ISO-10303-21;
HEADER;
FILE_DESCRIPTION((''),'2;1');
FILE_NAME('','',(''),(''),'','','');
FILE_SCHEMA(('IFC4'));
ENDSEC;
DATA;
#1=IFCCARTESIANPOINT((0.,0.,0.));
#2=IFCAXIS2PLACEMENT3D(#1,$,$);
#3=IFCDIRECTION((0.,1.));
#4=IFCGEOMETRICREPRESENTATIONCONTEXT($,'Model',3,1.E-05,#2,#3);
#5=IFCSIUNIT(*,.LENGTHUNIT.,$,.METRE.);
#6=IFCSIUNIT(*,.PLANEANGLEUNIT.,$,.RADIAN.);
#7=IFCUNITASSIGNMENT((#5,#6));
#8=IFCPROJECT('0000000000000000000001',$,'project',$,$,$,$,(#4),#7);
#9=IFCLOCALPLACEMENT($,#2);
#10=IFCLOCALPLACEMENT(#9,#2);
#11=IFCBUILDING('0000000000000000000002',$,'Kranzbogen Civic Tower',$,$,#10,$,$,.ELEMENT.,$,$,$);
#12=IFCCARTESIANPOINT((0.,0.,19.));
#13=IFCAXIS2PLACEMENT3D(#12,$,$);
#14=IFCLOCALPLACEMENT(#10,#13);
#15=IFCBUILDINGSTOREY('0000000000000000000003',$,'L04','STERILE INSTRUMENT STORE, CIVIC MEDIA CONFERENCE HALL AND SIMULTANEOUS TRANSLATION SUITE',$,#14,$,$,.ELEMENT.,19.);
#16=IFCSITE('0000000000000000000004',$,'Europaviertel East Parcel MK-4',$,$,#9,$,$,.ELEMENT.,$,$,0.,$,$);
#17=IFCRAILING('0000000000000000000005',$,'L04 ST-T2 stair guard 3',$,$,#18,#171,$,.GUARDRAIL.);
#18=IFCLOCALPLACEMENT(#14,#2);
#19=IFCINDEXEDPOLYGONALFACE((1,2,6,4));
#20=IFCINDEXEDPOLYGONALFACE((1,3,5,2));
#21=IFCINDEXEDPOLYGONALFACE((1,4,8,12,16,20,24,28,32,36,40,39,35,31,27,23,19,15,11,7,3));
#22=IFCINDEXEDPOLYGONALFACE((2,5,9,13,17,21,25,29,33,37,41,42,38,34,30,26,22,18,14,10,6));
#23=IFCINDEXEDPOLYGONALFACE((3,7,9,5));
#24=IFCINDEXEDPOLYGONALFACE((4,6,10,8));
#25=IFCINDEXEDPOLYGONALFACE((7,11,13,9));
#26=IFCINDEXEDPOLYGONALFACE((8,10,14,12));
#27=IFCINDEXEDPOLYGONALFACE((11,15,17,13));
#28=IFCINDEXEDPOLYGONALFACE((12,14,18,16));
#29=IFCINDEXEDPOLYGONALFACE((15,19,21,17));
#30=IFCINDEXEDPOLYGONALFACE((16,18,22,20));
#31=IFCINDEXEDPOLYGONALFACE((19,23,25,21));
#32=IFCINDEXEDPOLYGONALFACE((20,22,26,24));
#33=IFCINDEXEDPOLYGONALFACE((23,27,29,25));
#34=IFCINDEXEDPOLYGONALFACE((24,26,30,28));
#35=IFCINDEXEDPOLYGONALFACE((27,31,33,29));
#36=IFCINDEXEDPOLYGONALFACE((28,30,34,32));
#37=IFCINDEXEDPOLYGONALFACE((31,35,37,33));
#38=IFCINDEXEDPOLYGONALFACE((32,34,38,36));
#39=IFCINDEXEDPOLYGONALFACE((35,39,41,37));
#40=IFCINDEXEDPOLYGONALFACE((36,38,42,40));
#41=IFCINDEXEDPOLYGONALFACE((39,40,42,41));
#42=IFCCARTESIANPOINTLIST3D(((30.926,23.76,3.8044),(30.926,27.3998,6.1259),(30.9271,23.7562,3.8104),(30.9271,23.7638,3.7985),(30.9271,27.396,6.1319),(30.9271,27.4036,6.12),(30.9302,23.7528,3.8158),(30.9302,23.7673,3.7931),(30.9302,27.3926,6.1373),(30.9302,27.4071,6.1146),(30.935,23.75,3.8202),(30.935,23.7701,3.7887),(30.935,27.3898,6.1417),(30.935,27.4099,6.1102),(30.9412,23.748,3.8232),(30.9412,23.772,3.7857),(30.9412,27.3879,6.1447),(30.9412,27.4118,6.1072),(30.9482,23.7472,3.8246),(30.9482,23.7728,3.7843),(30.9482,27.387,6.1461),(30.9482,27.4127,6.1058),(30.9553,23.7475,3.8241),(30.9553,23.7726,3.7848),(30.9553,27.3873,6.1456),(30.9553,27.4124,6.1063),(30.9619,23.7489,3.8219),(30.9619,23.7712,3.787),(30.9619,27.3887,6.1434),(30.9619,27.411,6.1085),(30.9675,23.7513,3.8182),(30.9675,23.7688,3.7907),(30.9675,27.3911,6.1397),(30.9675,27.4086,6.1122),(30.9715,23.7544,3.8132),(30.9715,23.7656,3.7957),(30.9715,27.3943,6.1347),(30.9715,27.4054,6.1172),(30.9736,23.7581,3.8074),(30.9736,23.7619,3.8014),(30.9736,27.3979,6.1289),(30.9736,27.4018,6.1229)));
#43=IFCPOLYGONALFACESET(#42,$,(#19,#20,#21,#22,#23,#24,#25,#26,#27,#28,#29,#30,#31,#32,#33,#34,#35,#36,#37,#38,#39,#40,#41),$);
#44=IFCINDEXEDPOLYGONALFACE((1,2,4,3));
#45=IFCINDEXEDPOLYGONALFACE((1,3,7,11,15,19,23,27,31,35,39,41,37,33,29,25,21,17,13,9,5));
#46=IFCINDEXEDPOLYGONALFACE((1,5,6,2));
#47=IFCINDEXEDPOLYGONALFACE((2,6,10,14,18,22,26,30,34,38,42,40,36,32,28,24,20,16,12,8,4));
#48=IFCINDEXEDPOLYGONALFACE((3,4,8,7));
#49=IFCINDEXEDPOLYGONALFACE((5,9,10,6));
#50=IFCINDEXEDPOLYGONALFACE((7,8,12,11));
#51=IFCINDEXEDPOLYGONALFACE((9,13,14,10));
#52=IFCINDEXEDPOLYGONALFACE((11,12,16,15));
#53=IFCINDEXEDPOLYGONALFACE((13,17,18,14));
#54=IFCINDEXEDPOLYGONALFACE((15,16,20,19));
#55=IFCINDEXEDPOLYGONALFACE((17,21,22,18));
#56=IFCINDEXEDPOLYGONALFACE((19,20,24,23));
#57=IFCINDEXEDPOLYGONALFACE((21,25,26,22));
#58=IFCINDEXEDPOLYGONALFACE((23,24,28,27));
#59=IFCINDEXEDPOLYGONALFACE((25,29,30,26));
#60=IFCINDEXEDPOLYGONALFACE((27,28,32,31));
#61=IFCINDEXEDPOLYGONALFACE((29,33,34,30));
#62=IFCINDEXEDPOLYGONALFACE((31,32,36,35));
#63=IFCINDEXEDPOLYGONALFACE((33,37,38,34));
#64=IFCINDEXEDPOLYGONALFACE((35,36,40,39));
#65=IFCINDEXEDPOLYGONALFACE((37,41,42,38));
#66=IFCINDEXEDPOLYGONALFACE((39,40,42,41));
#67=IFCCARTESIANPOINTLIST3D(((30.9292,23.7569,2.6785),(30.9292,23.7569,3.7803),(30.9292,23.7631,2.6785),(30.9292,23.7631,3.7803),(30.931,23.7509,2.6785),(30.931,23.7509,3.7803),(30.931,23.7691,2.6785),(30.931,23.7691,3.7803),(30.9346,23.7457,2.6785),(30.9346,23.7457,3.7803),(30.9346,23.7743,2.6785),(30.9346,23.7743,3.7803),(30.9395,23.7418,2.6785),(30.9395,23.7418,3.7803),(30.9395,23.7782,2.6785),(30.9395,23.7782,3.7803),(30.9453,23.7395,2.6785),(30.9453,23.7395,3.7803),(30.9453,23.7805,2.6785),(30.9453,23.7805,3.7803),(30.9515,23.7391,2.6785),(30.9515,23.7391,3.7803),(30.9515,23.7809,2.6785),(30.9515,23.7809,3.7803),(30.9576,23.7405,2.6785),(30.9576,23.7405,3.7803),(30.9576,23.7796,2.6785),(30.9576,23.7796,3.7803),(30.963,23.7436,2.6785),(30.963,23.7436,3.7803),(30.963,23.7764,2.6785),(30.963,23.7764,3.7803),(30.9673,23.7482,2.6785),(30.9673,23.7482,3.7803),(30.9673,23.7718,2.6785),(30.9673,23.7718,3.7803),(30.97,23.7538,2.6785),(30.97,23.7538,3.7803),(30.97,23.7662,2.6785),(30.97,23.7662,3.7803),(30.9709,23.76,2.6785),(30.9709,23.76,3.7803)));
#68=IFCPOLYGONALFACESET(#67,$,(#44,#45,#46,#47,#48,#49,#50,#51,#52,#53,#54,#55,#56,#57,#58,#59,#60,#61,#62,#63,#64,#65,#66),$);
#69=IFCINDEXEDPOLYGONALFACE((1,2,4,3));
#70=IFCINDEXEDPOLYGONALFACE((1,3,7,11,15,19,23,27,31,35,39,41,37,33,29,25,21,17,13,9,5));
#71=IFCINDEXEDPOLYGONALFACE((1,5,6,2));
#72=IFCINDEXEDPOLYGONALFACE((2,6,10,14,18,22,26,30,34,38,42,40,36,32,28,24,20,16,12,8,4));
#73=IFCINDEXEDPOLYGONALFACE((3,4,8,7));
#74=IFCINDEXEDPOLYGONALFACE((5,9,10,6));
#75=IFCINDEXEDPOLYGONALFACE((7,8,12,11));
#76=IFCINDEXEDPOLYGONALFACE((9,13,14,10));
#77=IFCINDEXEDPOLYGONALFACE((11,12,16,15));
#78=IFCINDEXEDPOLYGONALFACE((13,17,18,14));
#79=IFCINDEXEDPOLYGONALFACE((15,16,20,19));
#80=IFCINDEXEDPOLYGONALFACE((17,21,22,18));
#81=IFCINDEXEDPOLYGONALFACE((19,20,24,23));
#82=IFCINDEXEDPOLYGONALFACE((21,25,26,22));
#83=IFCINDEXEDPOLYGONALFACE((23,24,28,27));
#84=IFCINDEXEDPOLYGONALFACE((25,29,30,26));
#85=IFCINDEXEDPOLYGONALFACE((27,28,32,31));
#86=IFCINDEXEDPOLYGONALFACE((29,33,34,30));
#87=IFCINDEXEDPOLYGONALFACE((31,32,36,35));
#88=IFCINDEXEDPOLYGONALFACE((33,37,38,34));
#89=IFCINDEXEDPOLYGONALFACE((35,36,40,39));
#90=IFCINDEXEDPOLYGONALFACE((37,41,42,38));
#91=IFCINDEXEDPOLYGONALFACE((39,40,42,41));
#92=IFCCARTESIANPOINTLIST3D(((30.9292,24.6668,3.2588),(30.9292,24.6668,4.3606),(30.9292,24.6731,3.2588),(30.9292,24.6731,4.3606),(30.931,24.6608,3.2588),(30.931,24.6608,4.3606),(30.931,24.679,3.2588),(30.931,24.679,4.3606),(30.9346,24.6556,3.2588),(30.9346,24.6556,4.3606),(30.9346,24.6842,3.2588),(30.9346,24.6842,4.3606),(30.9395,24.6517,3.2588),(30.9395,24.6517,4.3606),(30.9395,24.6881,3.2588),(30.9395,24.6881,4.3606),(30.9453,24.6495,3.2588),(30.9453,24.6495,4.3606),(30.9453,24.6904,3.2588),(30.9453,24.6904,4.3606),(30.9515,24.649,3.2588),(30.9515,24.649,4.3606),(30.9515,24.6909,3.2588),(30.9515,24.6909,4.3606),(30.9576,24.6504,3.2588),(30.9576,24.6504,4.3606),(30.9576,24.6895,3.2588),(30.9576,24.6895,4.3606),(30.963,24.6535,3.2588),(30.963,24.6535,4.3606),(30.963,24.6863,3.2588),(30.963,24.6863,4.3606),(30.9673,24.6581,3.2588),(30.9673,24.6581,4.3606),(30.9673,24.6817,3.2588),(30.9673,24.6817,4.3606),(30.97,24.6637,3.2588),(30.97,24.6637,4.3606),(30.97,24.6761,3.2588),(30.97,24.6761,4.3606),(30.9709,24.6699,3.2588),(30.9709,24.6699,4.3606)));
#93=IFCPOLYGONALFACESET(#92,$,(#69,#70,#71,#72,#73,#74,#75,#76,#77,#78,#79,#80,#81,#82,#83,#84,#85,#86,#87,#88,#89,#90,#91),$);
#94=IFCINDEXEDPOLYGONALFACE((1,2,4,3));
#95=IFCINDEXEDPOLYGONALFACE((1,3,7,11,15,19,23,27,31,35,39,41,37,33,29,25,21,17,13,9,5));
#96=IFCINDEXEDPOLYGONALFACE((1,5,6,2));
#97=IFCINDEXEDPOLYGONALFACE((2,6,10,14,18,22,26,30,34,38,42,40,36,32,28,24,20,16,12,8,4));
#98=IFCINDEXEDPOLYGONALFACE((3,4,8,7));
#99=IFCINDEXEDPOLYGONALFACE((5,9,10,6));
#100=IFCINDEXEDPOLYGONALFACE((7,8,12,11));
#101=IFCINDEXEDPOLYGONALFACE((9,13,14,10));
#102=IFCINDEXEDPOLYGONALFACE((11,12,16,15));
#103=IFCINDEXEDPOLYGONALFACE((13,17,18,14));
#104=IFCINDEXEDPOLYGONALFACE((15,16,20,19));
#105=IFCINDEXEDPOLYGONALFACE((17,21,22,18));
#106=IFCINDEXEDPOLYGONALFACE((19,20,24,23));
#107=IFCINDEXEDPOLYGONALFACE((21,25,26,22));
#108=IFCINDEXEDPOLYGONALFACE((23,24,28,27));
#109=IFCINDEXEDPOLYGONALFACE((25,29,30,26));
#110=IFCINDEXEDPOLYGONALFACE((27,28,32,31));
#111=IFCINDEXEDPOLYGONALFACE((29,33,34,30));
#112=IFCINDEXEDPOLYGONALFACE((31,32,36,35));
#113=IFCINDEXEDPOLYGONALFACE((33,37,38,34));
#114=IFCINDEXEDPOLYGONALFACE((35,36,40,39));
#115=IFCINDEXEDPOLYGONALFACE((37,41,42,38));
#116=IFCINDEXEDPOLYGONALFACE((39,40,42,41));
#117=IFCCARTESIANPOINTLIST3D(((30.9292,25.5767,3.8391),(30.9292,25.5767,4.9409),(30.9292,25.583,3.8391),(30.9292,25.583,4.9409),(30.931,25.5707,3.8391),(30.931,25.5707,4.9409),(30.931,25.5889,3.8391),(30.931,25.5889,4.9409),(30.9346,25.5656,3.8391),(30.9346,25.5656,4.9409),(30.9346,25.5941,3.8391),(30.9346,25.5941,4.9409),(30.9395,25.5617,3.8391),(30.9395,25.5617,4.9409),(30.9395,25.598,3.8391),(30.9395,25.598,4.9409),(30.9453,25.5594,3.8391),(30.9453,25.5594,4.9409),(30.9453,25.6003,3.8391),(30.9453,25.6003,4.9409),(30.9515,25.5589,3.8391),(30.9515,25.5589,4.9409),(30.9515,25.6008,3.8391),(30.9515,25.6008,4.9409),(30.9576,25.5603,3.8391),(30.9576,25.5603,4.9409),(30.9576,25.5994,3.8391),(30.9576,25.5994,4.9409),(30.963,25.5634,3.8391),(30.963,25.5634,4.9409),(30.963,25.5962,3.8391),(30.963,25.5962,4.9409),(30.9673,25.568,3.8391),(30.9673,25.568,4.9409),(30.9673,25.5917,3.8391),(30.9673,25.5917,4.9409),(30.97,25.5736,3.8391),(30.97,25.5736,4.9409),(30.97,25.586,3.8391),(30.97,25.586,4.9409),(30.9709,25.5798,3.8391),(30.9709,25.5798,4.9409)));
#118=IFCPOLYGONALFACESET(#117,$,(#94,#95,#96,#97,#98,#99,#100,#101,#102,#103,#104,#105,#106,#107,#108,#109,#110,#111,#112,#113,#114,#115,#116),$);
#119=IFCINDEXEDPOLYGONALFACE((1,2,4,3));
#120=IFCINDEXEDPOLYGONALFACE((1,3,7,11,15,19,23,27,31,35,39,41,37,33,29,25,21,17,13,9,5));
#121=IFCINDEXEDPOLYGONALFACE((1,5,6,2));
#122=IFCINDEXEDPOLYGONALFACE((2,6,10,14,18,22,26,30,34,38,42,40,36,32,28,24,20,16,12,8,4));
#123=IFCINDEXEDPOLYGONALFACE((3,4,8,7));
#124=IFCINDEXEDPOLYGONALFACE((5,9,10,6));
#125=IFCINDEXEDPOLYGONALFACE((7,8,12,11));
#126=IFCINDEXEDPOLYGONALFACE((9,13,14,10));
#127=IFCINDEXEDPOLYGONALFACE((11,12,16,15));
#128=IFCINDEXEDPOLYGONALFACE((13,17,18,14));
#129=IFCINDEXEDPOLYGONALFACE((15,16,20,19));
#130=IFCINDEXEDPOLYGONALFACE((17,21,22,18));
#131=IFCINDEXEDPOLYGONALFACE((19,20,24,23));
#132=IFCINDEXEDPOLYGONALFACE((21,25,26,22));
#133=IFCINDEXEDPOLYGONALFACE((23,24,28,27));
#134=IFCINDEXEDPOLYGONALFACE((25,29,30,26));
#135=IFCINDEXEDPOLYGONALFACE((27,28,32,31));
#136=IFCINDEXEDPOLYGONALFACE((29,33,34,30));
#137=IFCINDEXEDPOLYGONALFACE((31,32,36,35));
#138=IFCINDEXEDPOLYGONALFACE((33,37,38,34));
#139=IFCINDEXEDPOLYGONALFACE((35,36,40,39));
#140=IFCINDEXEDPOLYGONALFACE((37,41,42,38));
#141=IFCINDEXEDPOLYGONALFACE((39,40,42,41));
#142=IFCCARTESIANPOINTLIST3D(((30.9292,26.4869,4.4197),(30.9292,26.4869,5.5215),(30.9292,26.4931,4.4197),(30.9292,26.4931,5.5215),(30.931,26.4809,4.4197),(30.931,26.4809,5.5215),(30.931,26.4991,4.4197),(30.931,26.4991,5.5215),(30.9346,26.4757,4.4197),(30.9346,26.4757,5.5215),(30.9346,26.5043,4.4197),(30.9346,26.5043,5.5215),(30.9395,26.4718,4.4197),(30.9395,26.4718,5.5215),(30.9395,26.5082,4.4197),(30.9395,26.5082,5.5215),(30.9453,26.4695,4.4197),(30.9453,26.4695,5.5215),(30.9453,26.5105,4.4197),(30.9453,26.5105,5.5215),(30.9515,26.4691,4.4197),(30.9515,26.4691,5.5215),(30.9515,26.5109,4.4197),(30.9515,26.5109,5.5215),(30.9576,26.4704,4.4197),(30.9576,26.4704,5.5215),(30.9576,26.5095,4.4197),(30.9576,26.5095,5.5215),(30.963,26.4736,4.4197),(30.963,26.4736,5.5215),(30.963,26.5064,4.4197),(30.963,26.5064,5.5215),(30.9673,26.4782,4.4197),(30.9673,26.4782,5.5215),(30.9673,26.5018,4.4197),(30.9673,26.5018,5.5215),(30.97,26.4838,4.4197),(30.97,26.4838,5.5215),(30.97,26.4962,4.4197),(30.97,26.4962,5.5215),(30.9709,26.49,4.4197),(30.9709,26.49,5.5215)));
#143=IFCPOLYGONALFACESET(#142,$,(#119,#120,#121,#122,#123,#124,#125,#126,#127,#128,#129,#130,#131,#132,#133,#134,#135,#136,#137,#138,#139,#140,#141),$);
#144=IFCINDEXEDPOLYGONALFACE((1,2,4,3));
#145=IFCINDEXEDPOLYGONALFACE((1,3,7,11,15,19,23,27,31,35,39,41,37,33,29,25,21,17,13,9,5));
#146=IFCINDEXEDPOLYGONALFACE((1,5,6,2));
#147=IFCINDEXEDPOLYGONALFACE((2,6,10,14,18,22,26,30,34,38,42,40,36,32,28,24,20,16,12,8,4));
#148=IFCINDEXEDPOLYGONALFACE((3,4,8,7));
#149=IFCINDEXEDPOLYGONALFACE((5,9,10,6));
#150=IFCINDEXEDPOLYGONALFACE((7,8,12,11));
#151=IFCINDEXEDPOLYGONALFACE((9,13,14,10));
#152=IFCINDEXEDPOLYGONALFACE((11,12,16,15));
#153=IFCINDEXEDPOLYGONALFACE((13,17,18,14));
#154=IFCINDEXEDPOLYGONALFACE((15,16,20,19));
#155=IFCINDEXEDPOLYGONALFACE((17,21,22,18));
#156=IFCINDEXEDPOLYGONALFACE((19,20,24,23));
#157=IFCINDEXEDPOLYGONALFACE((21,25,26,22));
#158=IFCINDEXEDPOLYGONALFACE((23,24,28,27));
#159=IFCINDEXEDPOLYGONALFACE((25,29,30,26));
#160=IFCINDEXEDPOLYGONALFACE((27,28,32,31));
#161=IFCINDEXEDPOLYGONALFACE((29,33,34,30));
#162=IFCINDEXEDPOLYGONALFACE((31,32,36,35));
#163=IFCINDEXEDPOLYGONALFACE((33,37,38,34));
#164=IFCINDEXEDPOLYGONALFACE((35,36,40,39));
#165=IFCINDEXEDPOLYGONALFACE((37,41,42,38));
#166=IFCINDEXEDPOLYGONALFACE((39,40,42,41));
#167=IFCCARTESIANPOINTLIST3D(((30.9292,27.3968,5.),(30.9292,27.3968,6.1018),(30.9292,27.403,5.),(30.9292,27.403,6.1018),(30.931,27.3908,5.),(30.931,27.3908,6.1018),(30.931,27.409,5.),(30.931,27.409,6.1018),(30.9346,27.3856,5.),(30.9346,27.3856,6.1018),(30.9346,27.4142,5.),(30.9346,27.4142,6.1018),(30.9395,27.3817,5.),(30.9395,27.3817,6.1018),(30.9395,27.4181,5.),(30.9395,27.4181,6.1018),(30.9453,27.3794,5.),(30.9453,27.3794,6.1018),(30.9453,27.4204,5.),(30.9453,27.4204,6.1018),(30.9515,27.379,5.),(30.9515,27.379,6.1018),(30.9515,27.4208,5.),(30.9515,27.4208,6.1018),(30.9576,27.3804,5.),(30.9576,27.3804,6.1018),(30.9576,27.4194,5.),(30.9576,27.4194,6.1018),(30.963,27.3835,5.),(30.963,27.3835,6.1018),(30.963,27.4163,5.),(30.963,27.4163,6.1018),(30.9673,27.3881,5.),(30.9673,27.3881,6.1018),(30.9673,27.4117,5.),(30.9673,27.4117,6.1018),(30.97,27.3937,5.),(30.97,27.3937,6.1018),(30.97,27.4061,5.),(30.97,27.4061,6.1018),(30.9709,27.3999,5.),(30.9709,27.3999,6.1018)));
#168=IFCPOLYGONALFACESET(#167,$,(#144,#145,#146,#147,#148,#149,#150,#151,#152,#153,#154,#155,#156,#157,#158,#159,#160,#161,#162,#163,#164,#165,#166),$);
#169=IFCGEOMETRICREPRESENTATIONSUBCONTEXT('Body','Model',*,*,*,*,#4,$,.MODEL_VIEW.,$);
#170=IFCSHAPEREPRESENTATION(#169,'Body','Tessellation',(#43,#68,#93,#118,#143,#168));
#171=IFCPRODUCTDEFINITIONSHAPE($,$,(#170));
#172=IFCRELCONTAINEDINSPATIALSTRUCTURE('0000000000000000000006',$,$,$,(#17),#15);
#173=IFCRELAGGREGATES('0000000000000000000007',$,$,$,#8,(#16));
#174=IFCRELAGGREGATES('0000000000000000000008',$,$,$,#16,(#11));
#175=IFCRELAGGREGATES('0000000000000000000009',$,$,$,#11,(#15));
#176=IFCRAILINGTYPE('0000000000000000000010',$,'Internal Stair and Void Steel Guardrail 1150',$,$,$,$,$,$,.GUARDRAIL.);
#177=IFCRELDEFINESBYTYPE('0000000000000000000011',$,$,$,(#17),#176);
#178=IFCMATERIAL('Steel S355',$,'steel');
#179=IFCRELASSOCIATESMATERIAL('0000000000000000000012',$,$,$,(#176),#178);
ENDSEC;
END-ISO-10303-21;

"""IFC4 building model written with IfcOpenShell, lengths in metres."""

from ifc_helpers import new_model, si_unit, direction, frame, origin, origin_2d, place, context, subcontext, project, spatial, circle, extrude, material, type_object, element, save


model = new_model("IFC4")

# Units and contexts
model_context = context("Model", 3, precision=1e-05, world=origin(), true_north=direction((0.0, 1.0)))
body_context = subcontext(model_context, "Body", "Model", "MODEL_VIEW")
ifc_project = project(units=[si_unit("LENGTHUNIT", "METRE"), si_unit("PLANEANGLEUNIT", "RADIAN")], contexts=[model_context])

# Site, building, storey
site_placement = place(None, origin())
site = spatial("IfcSite", under=ifc_project, at=site_placement, Name="Europaviertel East Parcel MK-4", CompositionType="ELEMENT", RefElevation=0.0)
building_placement = place(site_placement, origin())
building = spatial("IfcBuilding", under=site, at=building_placement, Name="Kranzbogen Civic Tower", CompositionType="ELEMENT")
storey_placement = place(building_placement, frame((0.0, 0.0, 19.0)))
storey = spatial("IfcBuildingStorey", under=building, at=storey_placement, Name="L04", Description="STERILE INSTRUMENT STORE, CIVIC MEDIA CONFERENCE HALL AND SIMULTANEOUS TRANSLATION SUITE", CompositionType="ELEMENT", Elevation=19.0)

# Shared definitions
ifc_material_1 = material(Name="Steel S355", Category="steel")

# Railing
railing_type_1 = type_object("IfcRailingType", Name="Internal Stair and Void Steel Guardrail 1150", PredefinedType="GUARDRAIL", material=ifc_material_1)
railing_1_placement = place(storey_placement, frame((30.95, 23.76, 2.6785)))
element("IfcRailing", 1, at=railing_1_placement, inside=storey, type_object=railing_type_1, Name="L04 ST-T2 stair guard 3", PredefinedType="GUARDRAIL", context=body_context, shape_type="SweptSolid", body=[
    extrude(circle(Radius=0.0239, at=origin_2d()), frame((0.0, 0.0, 1.126), z_axis=(0.0, 0.843112, 0.537739), x_axis=(-1.0, 0.0, 0.0)), (0.0, 0.0, 1.0), 4.3171),
    extrude(circle(Radius=0.021, at=origin_2d()), origin(), (0.0, 0.0, 1.0), 1.1018),
    extrude(circle(Radius=0.021, at=origin_2d()), frame((0.0, 0.9099, 0.5803)), (0.0, 0.0, 1.0), 1.1018),
    extrude(circle(Radius=0.021, at=origin_2d()), frame((0.0, 1.8198, 1.1606)), (0.0, 0.0, 1.0), 1.1018),
    extrude(circle(Radius=0.021, at=origin_2d()), frame((0.0, 2.73, 1.7412)), (0.0, 0.0, 1.0), 1.1018),
    extrude(circle(Radius=0.021, at=origin_2d()), frame((0.0, 3.6399, 2.3215)), (0.0, 0.0, 1.0), 1.1018),
])

save(model, "model.ifc")
